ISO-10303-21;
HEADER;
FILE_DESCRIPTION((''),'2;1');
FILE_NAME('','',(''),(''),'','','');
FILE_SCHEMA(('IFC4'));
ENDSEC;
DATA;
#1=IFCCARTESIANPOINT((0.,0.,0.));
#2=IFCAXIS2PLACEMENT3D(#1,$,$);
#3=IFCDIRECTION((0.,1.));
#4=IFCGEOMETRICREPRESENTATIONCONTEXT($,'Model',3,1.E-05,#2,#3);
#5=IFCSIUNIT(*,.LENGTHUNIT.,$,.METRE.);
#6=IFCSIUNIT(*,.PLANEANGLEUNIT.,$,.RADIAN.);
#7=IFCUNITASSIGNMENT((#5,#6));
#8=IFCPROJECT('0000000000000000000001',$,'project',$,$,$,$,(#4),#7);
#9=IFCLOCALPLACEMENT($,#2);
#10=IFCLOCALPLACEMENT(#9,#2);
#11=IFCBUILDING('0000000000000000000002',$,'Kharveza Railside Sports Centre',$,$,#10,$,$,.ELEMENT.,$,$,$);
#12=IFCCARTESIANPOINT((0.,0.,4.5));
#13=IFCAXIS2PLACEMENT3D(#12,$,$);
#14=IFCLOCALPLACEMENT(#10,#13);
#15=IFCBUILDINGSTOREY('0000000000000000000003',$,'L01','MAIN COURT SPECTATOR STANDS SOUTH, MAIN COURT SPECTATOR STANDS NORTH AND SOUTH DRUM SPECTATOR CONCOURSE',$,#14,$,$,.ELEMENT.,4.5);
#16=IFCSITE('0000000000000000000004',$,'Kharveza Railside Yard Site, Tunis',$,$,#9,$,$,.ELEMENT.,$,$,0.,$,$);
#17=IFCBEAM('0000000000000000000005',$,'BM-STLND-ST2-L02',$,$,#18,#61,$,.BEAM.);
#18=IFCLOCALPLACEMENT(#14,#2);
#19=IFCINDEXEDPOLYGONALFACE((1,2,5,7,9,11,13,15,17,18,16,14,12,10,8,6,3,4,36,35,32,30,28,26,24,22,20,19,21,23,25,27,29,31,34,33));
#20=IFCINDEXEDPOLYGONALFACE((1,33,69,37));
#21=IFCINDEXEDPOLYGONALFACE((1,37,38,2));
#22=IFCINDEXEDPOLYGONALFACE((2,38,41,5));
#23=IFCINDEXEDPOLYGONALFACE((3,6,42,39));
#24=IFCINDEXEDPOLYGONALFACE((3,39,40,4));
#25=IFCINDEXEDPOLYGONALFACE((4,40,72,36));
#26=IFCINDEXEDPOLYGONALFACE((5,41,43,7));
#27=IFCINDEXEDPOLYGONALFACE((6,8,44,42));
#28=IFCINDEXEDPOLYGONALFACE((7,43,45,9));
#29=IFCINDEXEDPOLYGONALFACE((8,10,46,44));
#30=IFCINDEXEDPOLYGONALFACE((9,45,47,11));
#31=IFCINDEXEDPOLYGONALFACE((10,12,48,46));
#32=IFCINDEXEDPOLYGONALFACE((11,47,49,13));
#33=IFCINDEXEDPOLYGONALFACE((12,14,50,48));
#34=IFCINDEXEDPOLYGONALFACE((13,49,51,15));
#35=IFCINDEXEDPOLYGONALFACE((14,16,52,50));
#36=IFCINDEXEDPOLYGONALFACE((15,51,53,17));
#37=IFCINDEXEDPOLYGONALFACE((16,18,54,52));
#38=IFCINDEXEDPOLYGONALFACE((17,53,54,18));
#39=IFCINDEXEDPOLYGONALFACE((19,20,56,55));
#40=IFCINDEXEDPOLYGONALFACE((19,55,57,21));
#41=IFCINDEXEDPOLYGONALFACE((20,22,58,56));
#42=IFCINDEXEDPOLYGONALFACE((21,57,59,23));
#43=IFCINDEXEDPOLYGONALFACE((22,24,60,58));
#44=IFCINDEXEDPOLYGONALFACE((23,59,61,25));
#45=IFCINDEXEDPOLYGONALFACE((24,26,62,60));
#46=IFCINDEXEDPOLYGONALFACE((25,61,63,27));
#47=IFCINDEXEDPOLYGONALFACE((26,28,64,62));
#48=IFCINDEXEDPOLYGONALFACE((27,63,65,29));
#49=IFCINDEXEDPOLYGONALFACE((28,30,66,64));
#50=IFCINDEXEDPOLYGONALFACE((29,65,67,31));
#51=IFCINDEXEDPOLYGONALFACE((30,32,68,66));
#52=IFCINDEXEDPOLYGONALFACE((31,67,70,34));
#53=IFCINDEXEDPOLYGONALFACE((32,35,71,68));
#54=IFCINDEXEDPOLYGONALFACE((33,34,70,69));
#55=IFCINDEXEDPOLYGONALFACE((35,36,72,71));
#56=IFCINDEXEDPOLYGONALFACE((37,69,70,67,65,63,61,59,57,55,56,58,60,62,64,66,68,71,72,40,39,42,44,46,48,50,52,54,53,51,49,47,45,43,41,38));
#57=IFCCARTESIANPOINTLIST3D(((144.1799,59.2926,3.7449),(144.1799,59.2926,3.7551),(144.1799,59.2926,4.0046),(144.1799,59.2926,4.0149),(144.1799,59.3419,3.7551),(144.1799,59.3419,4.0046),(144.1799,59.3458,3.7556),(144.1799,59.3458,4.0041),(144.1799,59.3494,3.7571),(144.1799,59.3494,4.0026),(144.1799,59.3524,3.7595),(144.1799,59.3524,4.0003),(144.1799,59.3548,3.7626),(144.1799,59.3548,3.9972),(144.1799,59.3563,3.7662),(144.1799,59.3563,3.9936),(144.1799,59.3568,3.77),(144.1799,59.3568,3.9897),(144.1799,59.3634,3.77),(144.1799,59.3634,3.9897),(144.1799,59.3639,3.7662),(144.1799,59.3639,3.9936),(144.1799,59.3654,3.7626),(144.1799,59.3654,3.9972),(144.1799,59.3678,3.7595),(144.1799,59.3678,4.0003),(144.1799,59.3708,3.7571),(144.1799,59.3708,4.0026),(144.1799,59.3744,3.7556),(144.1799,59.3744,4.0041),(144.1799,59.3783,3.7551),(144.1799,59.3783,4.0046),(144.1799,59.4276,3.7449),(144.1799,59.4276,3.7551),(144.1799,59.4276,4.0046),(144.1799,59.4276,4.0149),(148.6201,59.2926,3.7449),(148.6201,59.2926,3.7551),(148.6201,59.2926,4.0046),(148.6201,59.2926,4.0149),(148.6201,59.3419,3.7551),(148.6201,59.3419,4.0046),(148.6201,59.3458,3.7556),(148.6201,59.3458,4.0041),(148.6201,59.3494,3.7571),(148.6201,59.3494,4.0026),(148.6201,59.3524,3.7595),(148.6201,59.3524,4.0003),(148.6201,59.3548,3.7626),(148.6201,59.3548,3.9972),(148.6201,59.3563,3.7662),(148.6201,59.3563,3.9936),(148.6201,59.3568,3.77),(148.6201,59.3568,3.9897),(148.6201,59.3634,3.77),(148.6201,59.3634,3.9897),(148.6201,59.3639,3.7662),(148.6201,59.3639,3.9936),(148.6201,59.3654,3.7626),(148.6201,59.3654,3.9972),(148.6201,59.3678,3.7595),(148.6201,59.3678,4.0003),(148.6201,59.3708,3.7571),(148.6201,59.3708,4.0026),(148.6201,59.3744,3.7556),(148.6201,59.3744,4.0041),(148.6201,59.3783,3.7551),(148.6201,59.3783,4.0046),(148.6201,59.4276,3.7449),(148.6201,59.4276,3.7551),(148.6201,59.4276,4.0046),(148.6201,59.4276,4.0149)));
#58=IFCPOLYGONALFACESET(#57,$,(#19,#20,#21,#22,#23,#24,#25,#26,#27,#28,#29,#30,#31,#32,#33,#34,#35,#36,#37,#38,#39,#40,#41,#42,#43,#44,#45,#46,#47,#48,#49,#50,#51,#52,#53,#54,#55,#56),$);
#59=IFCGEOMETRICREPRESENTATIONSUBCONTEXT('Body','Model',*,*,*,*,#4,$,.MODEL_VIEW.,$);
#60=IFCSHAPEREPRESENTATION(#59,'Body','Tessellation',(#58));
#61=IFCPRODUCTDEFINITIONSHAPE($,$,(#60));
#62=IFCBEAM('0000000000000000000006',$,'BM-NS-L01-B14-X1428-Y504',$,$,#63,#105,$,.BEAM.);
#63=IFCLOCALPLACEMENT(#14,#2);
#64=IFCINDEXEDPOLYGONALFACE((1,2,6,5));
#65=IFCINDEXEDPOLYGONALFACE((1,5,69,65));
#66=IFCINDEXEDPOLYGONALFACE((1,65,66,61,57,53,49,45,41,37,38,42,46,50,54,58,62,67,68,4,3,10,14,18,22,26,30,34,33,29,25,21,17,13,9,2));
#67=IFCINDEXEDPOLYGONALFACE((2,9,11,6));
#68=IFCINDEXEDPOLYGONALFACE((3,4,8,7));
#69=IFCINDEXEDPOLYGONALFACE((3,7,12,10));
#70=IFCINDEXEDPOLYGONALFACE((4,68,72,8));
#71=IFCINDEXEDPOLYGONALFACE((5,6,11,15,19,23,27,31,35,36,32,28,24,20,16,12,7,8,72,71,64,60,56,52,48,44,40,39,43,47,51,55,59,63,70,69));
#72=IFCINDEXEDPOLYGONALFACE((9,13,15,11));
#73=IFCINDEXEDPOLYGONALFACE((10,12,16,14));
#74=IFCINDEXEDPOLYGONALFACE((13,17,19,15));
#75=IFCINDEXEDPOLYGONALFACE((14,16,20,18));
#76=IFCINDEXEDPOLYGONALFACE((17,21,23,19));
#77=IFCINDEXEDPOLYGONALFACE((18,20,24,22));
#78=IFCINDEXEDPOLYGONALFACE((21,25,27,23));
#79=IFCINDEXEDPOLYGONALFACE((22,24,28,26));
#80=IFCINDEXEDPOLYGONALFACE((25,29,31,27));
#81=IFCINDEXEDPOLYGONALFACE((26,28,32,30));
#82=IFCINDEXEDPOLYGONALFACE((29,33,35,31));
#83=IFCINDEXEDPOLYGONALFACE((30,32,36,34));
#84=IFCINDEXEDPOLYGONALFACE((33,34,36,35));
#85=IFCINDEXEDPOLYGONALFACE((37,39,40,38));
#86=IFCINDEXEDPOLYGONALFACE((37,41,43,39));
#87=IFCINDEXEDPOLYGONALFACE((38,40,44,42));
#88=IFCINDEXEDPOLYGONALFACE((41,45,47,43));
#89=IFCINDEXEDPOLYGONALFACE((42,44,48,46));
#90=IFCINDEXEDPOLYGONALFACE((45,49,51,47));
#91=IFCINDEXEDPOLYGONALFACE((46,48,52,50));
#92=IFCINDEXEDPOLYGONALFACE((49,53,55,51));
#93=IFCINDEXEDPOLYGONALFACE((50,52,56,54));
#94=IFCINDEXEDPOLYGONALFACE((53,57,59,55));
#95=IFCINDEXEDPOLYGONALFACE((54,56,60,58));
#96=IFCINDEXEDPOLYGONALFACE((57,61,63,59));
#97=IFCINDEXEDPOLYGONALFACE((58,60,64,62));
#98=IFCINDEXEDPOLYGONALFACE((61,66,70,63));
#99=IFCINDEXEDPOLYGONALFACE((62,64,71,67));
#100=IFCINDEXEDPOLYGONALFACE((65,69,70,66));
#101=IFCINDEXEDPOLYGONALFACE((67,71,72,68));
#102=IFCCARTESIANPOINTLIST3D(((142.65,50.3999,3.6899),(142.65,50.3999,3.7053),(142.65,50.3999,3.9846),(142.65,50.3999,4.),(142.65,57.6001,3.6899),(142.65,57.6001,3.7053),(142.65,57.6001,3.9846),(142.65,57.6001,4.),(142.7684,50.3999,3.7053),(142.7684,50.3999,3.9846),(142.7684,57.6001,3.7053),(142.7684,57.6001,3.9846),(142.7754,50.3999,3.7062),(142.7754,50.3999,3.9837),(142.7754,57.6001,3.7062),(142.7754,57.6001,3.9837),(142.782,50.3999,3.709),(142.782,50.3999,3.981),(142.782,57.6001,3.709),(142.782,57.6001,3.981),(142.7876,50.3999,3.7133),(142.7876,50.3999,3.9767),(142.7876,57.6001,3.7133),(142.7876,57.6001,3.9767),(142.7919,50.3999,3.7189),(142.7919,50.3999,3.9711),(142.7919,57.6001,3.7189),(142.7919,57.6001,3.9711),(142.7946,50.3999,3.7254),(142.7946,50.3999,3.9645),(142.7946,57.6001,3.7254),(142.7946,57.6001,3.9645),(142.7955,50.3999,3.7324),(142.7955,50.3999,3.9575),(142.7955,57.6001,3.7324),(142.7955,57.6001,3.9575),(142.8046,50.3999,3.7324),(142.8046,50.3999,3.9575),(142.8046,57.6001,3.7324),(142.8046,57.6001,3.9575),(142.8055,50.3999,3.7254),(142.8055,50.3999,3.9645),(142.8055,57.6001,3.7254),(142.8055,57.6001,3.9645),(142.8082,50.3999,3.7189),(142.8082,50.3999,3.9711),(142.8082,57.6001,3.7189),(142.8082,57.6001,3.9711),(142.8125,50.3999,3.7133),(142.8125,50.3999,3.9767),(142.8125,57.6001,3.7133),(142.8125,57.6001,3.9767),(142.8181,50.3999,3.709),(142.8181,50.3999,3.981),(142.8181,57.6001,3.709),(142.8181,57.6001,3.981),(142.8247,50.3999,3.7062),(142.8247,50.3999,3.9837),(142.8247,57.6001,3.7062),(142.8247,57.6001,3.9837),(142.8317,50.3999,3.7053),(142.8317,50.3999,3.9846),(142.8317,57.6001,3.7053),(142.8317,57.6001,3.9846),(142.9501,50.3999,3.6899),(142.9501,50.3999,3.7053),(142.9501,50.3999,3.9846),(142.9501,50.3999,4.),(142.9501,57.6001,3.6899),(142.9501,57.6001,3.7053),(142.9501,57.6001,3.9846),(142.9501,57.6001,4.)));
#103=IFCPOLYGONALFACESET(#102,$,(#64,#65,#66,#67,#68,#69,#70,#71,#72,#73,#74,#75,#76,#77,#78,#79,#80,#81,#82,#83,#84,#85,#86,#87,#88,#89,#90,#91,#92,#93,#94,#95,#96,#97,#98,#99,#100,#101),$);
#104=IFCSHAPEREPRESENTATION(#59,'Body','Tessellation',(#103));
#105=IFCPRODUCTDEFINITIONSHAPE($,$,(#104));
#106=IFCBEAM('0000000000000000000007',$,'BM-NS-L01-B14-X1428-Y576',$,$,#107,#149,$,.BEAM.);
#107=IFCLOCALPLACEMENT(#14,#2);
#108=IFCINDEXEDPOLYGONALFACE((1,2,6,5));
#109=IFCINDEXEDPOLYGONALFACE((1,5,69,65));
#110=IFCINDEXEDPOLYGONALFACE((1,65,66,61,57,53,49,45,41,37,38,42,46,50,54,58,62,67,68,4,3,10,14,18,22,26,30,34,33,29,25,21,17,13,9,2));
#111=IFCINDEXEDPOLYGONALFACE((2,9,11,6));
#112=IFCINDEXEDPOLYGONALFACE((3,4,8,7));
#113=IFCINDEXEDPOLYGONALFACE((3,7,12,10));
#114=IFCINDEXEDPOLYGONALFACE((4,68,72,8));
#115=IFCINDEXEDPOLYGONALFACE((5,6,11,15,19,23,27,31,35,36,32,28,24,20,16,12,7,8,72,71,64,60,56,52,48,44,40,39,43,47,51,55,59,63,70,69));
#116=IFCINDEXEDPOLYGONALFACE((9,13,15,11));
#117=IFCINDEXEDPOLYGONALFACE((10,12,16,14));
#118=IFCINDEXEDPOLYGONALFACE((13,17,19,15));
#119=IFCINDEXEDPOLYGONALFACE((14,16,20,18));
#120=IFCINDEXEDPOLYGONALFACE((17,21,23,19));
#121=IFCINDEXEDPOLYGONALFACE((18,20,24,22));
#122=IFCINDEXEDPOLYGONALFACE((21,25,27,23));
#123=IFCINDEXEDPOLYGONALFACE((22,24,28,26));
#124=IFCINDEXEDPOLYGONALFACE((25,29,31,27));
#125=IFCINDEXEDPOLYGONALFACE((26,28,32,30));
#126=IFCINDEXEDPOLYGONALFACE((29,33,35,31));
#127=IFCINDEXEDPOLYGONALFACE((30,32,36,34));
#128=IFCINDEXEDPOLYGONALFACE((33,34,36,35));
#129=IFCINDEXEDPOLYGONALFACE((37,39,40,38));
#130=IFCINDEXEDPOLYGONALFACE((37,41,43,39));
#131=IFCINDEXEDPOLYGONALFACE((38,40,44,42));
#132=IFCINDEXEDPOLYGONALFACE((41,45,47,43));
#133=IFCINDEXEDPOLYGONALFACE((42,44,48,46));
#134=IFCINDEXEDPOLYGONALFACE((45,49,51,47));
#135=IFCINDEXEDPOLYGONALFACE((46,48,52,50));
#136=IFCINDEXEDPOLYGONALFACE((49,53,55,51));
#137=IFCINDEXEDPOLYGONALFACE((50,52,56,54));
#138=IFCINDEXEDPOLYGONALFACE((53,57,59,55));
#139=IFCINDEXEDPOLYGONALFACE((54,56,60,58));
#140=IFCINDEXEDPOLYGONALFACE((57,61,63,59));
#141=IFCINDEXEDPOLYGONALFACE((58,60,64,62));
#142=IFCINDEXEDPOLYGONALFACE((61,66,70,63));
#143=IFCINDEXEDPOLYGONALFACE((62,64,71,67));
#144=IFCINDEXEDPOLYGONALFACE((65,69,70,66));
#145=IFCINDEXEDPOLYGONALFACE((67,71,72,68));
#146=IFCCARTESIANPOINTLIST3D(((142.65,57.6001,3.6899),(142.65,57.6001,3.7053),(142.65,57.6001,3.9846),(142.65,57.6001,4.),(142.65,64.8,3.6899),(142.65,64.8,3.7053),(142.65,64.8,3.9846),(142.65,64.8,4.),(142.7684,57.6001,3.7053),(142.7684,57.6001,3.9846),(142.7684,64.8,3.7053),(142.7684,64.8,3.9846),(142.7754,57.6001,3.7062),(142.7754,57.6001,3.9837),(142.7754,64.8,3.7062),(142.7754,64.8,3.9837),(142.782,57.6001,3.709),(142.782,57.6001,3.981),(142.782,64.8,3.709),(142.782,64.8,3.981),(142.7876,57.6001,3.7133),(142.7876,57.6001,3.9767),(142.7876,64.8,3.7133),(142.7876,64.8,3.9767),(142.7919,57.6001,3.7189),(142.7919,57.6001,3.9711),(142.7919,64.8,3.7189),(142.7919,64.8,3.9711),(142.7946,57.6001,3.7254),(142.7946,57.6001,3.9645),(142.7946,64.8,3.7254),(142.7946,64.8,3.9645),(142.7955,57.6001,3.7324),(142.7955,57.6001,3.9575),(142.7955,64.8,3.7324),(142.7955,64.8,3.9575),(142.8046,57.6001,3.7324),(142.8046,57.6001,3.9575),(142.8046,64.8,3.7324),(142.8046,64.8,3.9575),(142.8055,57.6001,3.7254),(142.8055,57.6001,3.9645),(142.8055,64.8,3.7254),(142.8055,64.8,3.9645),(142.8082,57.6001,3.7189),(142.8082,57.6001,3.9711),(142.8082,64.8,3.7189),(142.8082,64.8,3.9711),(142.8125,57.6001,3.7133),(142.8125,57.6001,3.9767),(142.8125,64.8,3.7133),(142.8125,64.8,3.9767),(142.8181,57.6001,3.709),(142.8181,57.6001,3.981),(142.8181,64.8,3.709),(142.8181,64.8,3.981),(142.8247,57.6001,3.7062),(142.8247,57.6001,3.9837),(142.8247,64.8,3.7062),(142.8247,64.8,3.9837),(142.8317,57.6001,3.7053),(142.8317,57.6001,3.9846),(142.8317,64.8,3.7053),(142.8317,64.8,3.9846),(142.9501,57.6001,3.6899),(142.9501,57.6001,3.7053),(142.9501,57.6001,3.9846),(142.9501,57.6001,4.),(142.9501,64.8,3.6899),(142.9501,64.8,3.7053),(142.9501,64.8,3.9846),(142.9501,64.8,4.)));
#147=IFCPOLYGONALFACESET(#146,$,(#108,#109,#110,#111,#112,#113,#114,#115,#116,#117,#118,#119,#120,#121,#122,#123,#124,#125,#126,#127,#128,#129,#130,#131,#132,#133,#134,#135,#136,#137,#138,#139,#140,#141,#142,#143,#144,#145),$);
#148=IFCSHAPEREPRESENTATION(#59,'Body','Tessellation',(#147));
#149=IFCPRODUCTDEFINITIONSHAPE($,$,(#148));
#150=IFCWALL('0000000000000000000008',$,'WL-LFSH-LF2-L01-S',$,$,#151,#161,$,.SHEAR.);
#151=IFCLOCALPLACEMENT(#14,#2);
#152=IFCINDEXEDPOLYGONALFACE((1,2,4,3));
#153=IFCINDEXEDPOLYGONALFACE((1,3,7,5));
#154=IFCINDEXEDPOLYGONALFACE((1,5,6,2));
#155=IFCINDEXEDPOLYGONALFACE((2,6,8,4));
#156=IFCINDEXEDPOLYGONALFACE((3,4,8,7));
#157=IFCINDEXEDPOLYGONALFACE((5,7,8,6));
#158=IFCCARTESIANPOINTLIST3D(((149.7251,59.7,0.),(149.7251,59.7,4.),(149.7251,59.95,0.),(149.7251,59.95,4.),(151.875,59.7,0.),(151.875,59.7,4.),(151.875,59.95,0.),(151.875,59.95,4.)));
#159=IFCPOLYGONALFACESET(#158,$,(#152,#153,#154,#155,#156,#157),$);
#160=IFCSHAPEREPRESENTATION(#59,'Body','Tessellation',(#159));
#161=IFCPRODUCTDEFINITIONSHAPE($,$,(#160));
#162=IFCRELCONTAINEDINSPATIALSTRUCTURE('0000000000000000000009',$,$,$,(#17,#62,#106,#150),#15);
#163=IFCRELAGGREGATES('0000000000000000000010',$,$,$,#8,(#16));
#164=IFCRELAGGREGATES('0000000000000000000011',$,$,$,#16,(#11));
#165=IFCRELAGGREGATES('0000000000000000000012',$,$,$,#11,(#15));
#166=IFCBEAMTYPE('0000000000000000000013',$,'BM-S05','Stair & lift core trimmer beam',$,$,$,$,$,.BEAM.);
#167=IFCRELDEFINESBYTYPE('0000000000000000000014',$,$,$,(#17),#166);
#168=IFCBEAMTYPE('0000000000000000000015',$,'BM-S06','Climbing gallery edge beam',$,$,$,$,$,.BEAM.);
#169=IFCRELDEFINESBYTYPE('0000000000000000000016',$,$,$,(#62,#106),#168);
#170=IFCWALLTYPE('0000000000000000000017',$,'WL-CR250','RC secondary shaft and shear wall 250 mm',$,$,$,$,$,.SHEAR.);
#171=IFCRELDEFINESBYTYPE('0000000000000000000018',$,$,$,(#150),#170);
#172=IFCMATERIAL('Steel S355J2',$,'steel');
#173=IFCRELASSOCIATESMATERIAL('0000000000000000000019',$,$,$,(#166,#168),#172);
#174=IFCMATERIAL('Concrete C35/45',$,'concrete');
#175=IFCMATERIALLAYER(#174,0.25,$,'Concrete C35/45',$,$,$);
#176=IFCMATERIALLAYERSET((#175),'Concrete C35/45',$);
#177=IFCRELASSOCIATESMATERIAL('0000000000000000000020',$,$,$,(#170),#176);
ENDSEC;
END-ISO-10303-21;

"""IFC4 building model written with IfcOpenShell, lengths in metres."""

from ifc_helpers import new_model, si_unit, direction, frame, frame_2d, origin, origin_2d, place, context, subcontext, project, spatial, rectangle, i_section, extrude, material, layer, layer_set, material_profile, profile_set, type_object, element, save


model = new_model("IFC4")

# Units and contexts
model_context = context("Model", 3, precision=1e-05, world=origin(), true_north=direction((0.0, 1.0)))
body_context = subcontext(model_context, "Body", "Model", "MODEL_VIEW")
ifc_project = project(units=[si_unit("LENGTHUNIT", "METRE"), si_unit("PLANEANGLEUNIT", "RADIAN")], contexts=[model_context])

# Site, building, storey
site_placement = place(None, origin())
site = spatial("IfcSite", under=ifc_project, at=site_placement, Name="Kharveza Railside Yard Site, Tunis", CompositionType="ELEMENT", RefElevation=0.0)
building_placement = place(site_placement, origin())
building = spatial("IfcBuilding", under=site, at=building_placement, Name="Kharveza Railside Sports Centre", CompositionType="ELEMENT")
storey_placement = place(building_placement, frame((0.0, 0.0, 4.5)))
storey = spatial("IfcBuildingStorey", under=building, at=storey_placement, Name="L01", Description="MAIN COURT SPECTATOR STANDS SOUTH, MAIN COURT SPECTATOR STANDS NORTH AND SOUTH DRUM SPECTATOR CONCOURSE", CompositionType="ELEMENT", Elevation=4.5)

# Shared definitions
ifc_material_1 = material(Name="Steel S355J2", Category="steel")

# Beams
ifc_material_profile_1 = material_profile(ifc_material_1, i_section(OverallWidth=0.135, OverallDepth=0.27, WebThickness=0.0066, FlangeThickness=0.0103, FilletRadius=0.0149, at=origin_2d()), Name="IPE 270")
ifc_profile_set_1 = profile_set([ifc_material_profile_1], Name="Steel S355J2")
beam_type_1 = type_object("IfcBeamType", Name="BM-S05", Description="Stair & lift core trimmer beam", PredefinedType="BEAM", material=ifc_profile_set_1)
beam_1_placement = place(storey_placement, frame((144.1799, 59.3601, 3.8799), z_axis=(1.0, 0.0, 0.0), x_axis=(0.0, 1.0, 0.0)))
element("IfcBeam", 1, at=beam_1_placement, inside=storey, type_object=beam_type_1, Name="BM-STLND-ST2-L02", PredefinedType="BEAM", context=body_context, shape_type="SweptSolid", body=[
    extrude(i_section(OverallWidth=0.135, OverallDepth=0.27, WebThickness=0.0066, FlangeThickness=0.0103, FilletRadius=0.0149, at=origin_2d()), origin(), (0.0, 0.0, 1.0), 4.4402),
])
ifc_material_profile_2 = material_profile(ifc_material_1, i_section(OverallWidth=0.3, OverallDepth=0.3101, WebThickness=0.009, FlangeThickness=0.0154, FilletRadius=0.0271, at=origin_2d()), Name="HEA 320")
ifc_profile_set_2 = profile_set([ifc_material_profile_2], Name="Steel S355J2")
beam_type_2 = type_object("IfcBeamType", Name="BM-S06", Description="Climbing gallery edge beam", PredefinedType="BEAM", material=ifc_profile_set_2)
beam_2_placement = place(storey_placement, frame((142.8, 50.3999, 3.845), z_axis=(0.0, 1.0, 0.0), x_axis=(-1.0, 0.0, 0.0)))
element("IfcBeam", 2, at=beam_2_placement, inside=storey, type_object=beam_type_2, Name="BM-NS-L01-B14-X1428-Y504", PredefinedType="BEAM", context=body_context, shape_type="SweptSolid", body=[
    extrude(i_section(OverallWidth=0.3, OverallDepth=0.3101, WebThickness=0.009, FlangeThickness=0.0154, FilletRadius=0.0271, at=origin_2d()), origin(), (0.0, 0.0, 1.0), 7.2002),
])
beam_3_placement = place(storey_placement, frame((142.8, 57.6001, 3.845), z_axis=(0.0, 1.0, 0.0), x_axis=(-1.0, 0.0, 0.0)))
element("IfcBeam", 3, at=beam_3_placement, inside=storey, type_object=beam_type_2, Name="BM-NS-L01-B14-X1428-Y576", PredefinedType="BEAM", context=body_context, shape_type="SweptSolid", body=[
    extrude(i_section(OverallWidth=0.3, OverallDepth=0.3101, WebThickness=0.009, FlangeThickness=0.0154, FilletRadius=0.0271, at=origin_2d()), origin(), (0.0, 0.0, 1.0), 7.2),
])

# Wall
ifc_material_2 = material(Name="Concrete C35/45", Category="concrete")
ifc_layer_1 = layer(ifc_material_2, 0.25, Name="Concrete C35/45")
ifc_layer_set_1 = layer_set([ifc_layer_1], Name="Concrete C35/45")
wall_type_1 = type_object("IfcWallType", Name="WL-CR250", Description="RC secondary shaft and shear wall 250 mm", PredefinedType="SHEAR", material=ifc_layer_set_1)
wall_1_placement = place(storey_placement, frame((149.7251, 59.825, 0.0), z_axis=(0.0, 0.0, 1.0), x_axis=(1.0, 0.0, 0.0)))
element("IfcWall", 4, at=wall_1_placement, inside=storey, type_object=wall_type_1, Name="WL-LFSH-LF2-L01-S", PredefinedType="SHEAR", context=body_context, shape_type="SweptSolid", body=[
    extrude(rectangle(XDim=2.1499, YDim=0.25, at=frame_2d((1.075, 0.0))), origin(), (0.0, 0.0, 1.0), 4.0),
])

save(model, "model.ifc")
